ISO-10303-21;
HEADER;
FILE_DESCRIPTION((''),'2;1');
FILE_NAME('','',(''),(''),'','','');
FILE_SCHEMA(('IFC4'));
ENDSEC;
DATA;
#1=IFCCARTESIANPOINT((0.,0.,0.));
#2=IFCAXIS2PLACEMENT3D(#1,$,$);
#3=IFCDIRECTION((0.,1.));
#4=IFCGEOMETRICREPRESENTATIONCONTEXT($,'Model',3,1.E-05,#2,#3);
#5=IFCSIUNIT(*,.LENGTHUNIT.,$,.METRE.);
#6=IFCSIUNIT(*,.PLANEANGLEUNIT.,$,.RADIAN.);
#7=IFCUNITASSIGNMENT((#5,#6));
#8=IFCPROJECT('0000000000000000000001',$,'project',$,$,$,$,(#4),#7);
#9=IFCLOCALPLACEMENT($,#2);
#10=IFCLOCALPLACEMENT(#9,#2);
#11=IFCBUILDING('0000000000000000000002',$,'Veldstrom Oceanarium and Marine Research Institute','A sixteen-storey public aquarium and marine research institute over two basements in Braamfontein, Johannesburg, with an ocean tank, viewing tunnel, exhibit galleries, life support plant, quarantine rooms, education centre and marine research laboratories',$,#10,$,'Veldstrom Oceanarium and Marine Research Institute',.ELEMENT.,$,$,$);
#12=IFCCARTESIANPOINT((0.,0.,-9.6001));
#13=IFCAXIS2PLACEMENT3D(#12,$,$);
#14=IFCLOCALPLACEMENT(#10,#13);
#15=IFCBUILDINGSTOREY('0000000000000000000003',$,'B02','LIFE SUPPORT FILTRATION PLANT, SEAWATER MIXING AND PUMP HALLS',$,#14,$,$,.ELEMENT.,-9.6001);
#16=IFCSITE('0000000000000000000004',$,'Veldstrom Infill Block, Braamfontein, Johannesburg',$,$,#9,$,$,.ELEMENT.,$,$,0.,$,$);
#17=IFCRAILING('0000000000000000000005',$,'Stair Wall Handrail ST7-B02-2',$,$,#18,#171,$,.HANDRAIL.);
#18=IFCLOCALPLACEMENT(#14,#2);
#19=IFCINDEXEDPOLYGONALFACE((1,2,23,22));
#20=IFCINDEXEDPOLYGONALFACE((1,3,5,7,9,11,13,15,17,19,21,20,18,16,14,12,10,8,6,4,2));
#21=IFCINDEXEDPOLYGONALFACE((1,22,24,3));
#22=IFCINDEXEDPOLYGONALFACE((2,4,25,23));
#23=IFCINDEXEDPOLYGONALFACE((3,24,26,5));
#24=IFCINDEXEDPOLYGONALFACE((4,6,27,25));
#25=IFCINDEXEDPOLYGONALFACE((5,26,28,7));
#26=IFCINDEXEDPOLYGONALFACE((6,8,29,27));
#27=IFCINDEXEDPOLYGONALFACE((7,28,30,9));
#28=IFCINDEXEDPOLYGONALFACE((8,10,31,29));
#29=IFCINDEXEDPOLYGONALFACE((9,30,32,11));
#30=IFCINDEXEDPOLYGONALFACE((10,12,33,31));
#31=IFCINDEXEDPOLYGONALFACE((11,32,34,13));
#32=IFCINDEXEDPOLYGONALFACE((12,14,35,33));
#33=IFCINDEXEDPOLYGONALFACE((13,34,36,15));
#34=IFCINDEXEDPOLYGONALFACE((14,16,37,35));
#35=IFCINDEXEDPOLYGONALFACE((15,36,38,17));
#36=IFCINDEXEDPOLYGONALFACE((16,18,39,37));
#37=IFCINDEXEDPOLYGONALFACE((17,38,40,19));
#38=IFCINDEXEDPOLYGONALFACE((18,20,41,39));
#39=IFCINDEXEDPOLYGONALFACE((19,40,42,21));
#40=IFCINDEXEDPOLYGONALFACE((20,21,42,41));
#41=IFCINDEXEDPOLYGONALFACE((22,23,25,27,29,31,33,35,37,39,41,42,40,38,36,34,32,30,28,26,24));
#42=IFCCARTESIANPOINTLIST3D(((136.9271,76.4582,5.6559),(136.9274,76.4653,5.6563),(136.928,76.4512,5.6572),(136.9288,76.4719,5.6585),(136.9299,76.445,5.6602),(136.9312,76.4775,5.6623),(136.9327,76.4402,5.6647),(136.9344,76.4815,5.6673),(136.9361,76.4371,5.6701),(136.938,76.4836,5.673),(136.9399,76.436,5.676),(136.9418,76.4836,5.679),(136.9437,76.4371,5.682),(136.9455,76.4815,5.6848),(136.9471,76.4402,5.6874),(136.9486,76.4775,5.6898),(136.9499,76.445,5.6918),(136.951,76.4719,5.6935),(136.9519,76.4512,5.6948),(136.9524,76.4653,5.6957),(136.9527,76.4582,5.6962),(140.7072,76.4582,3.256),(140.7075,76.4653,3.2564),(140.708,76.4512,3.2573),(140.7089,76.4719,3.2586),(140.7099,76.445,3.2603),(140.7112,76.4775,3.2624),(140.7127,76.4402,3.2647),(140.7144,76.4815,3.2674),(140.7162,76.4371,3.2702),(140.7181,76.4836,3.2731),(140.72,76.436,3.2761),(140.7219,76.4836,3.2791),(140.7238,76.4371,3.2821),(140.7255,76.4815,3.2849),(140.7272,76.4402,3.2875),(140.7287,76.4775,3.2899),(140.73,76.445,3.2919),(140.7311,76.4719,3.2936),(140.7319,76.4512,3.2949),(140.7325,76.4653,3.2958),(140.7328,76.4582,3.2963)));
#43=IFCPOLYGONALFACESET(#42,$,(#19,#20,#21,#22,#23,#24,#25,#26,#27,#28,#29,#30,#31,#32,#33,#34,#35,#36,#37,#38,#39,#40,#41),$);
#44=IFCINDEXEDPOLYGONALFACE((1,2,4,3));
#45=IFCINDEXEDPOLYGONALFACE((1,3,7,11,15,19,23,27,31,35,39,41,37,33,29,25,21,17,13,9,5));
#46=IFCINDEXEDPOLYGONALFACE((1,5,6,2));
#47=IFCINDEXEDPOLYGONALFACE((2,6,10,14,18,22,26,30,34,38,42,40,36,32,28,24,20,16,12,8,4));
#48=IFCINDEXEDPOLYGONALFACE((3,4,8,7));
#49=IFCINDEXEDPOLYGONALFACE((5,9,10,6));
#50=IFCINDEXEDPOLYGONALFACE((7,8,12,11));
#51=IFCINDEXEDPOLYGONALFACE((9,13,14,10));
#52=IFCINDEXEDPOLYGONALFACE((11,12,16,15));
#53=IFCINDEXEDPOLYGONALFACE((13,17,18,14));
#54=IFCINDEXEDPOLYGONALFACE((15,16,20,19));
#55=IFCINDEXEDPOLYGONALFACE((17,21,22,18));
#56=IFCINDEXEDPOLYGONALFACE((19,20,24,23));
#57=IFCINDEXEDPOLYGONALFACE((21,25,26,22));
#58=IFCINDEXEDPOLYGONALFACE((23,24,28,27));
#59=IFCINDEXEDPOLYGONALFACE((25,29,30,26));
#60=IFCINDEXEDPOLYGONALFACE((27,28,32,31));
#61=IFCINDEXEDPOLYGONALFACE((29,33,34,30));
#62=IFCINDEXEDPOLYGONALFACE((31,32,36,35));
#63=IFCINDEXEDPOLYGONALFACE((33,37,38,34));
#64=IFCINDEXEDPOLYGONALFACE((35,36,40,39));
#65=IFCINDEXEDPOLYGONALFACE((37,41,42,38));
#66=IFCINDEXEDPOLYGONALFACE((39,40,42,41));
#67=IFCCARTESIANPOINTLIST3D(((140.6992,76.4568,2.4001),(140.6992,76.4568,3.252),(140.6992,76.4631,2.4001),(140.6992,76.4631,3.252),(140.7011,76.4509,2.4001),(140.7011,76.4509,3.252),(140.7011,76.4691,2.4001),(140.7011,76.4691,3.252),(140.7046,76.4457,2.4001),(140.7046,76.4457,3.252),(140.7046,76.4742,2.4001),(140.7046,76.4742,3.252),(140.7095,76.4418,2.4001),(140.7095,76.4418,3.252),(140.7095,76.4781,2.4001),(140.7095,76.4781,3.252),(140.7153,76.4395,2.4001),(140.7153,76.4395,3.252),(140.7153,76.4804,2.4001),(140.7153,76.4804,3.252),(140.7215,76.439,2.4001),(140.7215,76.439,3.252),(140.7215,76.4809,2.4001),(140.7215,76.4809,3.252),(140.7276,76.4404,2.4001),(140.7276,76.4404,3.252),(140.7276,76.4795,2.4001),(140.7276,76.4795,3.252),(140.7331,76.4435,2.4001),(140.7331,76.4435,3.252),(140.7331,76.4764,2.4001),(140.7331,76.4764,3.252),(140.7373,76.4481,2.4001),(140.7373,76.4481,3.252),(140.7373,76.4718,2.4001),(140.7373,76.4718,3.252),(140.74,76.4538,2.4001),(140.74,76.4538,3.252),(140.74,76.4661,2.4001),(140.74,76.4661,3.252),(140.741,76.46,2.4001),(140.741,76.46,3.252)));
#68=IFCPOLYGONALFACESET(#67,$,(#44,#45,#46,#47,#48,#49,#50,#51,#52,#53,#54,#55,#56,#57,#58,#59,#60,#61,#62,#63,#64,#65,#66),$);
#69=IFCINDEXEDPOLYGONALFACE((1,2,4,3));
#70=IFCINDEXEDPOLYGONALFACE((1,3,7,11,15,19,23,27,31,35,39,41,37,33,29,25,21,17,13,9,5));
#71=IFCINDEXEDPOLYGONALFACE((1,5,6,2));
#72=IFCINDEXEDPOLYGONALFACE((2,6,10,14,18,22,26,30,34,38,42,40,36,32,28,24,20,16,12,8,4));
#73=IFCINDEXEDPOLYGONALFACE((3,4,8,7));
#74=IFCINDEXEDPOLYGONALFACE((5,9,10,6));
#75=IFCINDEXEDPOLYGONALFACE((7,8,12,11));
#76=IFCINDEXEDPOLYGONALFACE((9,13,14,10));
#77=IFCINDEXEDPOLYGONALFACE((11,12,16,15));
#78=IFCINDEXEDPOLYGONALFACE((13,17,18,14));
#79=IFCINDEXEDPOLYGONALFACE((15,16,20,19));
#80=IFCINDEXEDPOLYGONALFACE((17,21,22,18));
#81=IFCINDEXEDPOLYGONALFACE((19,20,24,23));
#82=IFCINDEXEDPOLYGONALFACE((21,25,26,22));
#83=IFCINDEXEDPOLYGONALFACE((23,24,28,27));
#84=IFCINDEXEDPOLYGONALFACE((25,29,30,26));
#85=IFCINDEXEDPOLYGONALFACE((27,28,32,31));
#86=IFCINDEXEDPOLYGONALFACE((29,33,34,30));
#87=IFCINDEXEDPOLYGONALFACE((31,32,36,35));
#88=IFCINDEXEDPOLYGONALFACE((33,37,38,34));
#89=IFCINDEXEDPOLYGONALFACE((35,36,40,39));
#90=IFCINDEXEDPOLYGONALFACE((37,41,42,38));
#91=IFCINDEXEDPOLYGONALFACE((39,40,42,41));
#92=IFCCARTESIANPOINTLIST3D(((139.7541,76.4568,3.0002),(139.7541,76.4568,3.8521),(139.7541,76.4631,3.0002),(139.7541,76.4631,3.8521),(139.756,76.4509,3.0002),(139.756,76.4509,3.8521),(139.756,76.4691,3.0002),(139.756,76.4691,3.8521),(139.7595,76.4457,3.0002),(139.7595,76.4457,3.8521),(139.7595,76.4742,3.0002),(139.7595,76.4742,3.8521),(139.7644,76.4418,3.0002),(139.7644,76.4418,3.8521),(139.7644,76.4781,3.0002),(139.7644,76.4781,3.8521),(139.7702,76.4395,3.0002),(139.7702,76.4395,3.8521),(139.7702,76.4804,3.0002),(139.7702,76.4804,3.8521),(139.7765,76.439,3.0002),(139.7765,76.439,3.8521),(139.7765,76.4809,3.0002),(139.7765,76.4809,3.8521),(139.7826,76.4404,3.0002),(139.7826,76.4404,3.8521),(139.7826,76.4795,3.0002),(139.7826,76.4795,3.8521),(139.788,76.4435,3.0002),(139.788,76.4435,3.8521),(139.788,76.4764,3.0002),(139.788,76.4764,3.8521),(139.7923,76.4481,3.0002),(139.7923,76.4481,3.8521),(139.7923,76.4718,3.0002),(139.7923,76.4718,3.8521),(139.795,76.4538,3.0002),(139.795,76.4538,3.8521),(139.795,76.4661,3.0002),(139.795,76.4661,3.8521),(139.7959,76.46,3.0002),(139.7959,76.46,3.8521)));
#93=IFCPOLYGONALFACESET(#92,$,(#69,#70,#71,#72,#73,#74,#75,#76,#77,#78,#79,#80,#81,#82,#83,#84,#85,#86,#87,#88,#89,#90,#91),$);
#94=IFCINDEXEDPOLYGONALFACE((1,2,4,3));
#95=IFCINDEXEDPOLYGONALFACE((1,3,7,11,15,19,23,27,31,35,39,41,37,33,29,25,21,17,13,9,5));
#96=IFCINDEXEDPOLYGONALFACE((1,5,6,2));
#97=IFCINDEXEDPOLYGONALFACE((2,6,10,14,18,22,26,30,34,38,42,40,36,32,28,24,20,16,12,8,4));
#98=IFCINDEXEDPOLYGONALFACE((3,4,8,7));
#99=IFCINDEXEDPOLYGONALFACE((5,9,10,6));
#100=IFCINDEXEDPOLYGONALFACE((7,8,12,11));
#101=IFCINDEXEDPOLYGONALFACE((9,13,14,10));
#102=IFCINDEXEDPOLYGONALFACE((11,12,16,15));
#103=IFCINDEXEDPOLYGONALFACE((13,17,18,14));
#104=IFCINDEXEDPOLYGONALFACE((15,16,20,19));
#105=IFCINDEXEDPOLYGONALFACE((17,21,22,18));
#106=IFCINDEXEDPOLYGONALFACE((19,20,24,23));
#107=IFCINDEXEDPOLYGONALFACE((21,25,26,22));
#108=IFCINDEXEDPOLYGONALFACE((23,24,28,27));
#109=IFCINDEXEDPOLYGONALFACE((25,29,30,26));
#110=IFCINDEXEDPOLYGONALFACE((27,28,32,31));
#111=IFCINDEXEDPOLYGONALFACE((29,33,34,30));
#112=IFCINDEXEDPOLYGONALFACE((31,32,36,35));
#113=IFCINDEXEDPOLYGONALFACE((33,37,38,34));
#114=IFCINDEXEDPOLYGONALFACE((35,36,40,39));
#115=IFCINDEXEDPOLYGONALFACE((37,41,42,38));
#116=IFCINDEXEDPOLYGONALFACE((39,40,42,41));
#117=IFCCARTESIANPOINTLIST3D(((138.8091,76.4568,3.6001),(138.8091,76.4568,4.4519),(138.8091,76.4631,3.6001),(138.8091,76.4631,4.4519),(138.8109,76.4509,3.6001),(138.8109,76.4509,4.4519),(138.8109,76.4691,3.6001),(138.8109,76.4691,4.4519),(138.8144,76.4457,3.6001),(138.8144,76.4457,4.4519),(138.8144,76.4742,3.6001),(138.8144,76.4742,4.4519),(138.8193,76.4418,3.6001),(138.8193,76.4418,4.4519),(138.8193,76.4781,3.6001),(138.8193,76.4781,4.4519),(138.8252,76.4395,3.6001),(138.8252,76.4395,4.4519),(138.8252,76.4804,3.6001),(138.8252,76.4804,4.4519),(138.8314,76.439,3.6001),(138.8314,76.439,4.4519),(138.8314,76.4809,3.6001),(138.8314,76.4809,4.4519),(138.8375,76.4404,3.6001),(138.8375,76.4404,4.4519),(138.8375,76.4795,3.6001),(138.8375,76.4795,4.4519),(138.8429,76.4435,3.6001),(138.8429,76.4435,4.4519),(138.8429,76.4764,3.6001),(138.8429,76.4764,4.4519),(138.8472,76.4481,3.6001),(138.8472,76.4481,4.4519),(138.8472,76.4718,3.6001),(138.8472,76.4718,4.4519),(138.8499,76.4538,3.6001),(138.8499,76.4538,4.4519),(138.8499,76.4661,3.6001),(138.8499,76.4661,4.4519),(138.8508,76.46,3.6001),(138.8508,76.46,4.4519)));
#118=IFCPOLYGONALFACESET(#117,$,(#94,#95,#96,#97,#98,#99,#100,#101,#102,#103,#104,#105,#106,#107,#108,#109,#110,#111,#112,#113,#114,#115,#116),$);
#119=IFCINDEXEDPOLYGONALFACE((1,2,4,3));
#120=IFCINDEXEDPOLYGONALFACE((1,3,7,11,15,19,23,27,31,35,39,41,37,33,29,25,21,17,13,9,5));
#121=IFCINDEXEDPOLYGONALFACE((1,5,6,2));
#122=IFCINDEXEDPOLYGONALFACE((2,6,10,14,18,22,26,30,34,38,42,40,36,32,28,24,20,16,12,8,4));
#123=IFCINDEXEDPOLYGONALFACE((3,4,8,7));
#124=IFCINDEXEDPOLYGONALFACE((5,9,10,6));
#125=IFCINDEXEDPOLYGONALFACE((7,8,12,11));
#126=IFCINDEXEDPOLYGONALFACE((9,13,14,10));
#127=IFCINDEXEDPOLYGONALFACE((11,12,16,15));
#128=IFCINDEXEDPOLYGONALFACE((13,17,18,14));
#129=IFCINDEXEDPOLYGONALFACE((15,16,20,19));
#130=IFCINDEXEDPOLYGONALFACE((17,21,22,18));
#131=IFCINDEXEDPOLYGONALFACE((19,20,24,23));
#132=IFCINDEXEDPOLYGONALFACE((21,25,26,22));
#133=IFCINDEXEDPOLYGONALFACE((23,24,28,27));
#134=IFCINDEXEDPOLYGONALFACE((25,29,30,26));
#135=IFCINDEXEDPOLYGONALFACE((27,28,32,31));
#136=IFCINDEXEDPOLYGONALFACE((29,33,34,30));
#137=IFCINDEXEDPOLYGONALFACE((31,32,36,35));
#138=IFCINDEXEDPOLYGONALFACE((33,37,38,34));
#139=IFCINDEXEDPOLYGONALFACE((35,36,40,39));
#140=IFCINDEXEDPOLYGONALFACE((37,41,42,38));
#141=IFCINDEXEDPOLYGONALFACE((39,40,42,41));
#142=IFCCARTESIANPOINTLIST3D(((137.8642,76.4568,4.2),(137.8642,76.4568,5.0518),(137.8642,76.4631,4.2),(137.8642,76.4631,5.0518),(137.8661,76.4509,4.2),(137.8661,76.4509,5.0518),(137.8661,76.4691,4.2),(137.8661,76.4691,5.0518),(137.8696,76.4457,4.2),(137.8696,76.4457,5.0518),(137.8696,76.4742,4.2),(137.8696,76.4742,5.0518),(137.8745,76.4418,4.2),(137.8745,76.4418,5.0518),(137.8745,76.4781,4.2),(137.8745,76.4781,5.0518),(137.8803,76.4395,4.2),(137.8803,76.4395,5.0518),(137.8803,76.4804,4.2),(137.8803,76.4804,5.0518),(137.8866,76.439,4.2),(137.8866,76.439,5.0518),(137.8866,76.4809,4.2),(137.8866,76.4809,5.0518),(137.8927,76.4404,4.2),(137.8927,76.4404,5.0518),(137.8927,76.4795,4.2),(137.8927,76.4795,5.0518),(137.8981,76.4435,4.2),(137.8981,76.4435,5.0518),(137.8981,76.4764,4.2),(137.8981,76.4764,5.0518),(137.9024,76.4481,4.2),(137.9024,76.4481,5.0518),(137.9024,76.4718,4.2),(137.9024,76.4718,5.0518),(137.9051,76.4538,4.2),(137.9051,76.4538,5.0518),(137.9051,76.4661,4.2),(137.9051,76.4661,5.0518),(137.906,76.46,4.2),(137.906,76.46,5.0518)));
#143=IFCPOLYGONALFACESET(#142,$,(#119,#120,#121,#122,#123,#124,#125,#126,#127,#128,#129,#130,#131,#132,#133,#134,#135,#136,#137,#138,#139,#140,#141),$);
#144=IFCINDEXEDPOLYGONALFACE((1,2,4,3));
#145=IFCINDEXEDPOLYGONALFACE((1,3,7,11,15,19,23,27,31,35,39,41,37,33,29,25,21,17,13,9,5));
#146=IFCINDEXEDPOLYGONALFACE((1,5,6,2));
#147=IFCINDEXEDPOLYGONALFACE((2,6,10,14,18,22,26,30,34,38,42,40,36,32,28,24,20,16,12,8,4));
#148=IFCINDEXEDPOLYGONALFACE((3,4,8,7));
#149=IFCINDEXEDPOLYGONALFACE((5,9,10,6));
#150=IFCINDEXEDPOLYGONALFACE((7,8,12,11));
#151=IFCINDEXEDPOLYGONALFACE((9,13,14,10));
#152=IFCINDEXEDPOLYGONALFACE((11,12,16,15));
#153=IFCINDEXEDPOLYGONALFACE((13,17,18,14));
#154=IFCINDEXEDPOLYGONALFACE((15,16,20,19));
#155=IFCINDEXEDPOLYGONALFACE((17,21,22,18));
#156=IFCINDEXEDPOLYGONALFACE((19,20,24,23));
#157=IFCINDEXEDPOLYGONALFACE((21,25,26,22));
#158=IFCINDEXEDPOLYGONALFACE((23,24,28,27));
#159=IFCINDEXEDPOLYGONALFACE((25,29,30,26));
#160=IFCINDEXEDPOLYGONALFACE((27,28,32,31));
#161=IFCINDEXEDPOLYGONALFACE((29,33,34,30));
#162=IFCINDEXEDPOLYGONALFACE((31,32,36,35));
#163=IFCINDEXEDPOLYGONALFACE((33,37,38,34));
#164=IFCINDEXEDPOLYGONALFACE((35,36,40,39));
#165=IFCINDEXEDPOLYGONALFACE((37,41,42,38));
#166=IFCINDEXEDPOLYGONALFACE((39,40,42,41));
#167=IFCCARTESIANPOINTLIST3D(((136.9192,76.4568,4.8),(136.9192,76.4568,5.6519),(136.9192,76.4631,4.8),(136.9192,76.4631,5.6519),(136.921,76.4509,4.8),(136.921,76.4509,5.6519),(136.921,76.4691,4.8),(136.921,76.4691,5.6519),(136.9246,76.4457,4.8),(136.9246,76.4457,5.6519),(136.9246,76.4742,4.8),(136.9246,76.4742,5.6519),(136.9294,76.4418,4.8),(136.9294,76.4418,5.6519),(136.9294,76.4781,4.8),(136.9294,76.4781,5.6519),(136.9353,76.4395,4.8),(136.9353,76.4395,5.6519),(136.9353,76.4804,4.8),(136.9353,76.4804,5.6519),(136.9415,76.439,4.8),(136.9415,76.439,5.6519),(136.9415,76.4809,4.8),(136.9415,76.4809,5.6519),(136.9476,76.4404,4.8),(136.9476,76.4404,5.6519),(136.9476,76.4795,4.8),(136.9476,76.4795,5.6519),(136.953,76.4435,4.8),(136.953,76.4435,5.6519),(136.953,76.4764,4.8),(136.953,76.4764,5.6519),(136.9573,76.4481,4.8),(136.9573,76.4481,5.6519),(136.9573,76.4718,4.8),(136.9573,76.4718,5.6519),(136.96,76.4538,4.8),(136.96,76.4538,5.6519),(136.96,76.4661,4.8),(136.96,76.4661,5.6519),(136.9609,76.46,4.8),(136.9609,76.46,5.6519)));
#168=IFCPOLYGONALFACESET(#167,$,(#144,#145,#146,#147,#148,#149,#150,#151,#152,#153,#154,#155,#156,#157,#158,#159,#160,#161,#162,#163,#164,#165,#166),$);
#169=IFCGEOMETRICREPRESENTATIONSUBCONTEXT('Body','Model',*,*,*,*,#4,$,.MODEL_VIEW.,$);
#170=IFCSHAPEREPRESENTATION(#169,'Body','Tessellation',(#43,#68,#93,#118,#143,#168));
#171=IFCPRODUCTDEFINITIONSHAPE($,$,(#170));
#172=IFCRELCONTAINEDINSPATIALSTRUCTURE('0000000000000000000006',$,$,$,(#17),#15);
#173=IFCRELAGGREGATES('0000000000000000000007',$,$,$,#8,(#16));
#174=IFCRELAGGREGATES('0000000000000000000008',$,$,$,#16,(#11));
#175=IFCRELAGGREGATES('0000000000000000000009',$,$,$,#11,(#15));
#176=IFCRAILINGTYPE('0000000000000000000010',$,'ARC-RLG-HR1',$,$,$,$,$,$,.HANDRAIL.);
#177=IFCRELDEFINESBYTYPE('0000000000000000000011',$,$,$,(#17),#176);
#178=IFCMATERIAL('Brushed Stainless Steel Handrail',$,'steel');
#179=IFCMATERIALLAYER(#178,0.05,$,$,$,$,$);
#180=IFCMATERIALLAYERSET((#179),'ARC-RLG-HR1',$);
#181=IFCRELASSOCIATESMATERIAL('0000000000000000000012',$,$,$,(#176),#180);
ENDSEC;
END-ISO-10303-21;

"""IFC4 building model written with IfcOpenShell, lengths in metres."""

from ifc_helpers import new_model, si_unit, direction, frame, origin, origin_2d, place, context, subcontext, project, spatial, circle, extrude, material, layer, layer_set, type_object, element, save


model = new_model("IFC4")

# Units and contexts
model_context = context("Model", 3, precision=1e-05, world=origin(), true_north=direction((0.0, 1.0)))
body_context = subcontext(model_context, "Body", "Model", "MODEL_VIEW")
ifc_project = project(units=[si_unit("LENGTHUNIT", "METRE"), si_unit("PLANEANGLEUNIT", "RADIAN")], contexts=[model_context])

# Site, building, storey
site_placement = place(None, origin())
site = spatial("IfcSite", under=ifc_project, at=site_placement, Name="Veldstrom Infill Block, Braamfontein, Johannesburg", CompositionType="ELEMENT", RefElevation=0.0)
building_placement = place(site_placement, origin())
building = spatial("IfcBuilding", under=site, at=building_placement, Name="Veldstrom Oceanarium and Marine Research Institute", Description="A sixteen-storey public aquarium and marine research institute over two basements in Braamfontein, Johannesburg, with an ocean tank, viewing tunnel, exhibit galleries, life support plant, quarantine rooms, education centre and marine research laboratories", LongName="Veldstrom Oceanarium and Marine Research Institute", CompositionType="ELEMENT")
storey_placement = place(building_placement, frame((0.0, 0.0, -9.6001)))
storey = spatial("IfcBuildingStorey", under=building, at=storey_placement, Name="B02", Description="LIFE SUPPORT FILTRATION PLANT, SEAWATER MIXING AND PUMP HALLS", CompositionType="ELEMENT", Elevation=-9.6001)

# Railing
ifc_material_1 = material(Name="Brushed Stainless Steel Handrail", Category="steel")
ifc_layer_1 = layer(ifc_material_1, 0.05)
ifc_layer_set_1 = layer_set([ifc_layer_1], Name="ARC-RLG-HR1")
railing_type_1 = type_object("IfcRailingType", Name="ARC-RLG-HR1", PredefinedType="HANDRAIL", material=ifc_layer_set_1)
railing_1_placement = place(storey_placement, frame((140.72, 76.46, 2.4001)))
element("IfcRailing", 1, at=railing_1_placement, inside=storey, type_object=railing_type_1, Name="Stair Wall Handrail ST7-B02-2", PredefinedType="HANDRAIL", context=body_context, shape_type="SweptSolid", body=[
    extrude(circle(Radius=0.0239, at=origin_2d()), frame((0.0, 0.0, 0.876), z_axis=(-0.844225, 0.0, 0.53599), x_axis=(0.0, -1.0, 0.0)), (0.0, 0.0, 1.0), 4.4775),
    extrude(circle(Radius=0.021, at=origin_2d()), origin(), (0.0, 0.0, 1.0), 0.8518),
    extrude(circle(Radius=0.021, at=origin_2d()), frame((-0.9451, 0.0, 0.6001)), (0.0, 0.0, 1.0), 0.8518),
    extrude(circle(Radius=0.021, at=origin_2d()), frame((-1.8901, 0.0, 1.2)), (0.0, 0.0, 1.0), 0.8518),
    extrude(circle(Radius=0.021, at=origin_2d()), frame((-2.835, 0.0, 1.7998)), (0.0, 0.0, 1.0), 0.8518),
    extrude(circle(Radius=0.021, at=origin_2d()), frame((-3.78, 0.0, 2.3999)), (0.0, 0.0, 1.0), 0.8518),
])

save(model, "model.ifc")
